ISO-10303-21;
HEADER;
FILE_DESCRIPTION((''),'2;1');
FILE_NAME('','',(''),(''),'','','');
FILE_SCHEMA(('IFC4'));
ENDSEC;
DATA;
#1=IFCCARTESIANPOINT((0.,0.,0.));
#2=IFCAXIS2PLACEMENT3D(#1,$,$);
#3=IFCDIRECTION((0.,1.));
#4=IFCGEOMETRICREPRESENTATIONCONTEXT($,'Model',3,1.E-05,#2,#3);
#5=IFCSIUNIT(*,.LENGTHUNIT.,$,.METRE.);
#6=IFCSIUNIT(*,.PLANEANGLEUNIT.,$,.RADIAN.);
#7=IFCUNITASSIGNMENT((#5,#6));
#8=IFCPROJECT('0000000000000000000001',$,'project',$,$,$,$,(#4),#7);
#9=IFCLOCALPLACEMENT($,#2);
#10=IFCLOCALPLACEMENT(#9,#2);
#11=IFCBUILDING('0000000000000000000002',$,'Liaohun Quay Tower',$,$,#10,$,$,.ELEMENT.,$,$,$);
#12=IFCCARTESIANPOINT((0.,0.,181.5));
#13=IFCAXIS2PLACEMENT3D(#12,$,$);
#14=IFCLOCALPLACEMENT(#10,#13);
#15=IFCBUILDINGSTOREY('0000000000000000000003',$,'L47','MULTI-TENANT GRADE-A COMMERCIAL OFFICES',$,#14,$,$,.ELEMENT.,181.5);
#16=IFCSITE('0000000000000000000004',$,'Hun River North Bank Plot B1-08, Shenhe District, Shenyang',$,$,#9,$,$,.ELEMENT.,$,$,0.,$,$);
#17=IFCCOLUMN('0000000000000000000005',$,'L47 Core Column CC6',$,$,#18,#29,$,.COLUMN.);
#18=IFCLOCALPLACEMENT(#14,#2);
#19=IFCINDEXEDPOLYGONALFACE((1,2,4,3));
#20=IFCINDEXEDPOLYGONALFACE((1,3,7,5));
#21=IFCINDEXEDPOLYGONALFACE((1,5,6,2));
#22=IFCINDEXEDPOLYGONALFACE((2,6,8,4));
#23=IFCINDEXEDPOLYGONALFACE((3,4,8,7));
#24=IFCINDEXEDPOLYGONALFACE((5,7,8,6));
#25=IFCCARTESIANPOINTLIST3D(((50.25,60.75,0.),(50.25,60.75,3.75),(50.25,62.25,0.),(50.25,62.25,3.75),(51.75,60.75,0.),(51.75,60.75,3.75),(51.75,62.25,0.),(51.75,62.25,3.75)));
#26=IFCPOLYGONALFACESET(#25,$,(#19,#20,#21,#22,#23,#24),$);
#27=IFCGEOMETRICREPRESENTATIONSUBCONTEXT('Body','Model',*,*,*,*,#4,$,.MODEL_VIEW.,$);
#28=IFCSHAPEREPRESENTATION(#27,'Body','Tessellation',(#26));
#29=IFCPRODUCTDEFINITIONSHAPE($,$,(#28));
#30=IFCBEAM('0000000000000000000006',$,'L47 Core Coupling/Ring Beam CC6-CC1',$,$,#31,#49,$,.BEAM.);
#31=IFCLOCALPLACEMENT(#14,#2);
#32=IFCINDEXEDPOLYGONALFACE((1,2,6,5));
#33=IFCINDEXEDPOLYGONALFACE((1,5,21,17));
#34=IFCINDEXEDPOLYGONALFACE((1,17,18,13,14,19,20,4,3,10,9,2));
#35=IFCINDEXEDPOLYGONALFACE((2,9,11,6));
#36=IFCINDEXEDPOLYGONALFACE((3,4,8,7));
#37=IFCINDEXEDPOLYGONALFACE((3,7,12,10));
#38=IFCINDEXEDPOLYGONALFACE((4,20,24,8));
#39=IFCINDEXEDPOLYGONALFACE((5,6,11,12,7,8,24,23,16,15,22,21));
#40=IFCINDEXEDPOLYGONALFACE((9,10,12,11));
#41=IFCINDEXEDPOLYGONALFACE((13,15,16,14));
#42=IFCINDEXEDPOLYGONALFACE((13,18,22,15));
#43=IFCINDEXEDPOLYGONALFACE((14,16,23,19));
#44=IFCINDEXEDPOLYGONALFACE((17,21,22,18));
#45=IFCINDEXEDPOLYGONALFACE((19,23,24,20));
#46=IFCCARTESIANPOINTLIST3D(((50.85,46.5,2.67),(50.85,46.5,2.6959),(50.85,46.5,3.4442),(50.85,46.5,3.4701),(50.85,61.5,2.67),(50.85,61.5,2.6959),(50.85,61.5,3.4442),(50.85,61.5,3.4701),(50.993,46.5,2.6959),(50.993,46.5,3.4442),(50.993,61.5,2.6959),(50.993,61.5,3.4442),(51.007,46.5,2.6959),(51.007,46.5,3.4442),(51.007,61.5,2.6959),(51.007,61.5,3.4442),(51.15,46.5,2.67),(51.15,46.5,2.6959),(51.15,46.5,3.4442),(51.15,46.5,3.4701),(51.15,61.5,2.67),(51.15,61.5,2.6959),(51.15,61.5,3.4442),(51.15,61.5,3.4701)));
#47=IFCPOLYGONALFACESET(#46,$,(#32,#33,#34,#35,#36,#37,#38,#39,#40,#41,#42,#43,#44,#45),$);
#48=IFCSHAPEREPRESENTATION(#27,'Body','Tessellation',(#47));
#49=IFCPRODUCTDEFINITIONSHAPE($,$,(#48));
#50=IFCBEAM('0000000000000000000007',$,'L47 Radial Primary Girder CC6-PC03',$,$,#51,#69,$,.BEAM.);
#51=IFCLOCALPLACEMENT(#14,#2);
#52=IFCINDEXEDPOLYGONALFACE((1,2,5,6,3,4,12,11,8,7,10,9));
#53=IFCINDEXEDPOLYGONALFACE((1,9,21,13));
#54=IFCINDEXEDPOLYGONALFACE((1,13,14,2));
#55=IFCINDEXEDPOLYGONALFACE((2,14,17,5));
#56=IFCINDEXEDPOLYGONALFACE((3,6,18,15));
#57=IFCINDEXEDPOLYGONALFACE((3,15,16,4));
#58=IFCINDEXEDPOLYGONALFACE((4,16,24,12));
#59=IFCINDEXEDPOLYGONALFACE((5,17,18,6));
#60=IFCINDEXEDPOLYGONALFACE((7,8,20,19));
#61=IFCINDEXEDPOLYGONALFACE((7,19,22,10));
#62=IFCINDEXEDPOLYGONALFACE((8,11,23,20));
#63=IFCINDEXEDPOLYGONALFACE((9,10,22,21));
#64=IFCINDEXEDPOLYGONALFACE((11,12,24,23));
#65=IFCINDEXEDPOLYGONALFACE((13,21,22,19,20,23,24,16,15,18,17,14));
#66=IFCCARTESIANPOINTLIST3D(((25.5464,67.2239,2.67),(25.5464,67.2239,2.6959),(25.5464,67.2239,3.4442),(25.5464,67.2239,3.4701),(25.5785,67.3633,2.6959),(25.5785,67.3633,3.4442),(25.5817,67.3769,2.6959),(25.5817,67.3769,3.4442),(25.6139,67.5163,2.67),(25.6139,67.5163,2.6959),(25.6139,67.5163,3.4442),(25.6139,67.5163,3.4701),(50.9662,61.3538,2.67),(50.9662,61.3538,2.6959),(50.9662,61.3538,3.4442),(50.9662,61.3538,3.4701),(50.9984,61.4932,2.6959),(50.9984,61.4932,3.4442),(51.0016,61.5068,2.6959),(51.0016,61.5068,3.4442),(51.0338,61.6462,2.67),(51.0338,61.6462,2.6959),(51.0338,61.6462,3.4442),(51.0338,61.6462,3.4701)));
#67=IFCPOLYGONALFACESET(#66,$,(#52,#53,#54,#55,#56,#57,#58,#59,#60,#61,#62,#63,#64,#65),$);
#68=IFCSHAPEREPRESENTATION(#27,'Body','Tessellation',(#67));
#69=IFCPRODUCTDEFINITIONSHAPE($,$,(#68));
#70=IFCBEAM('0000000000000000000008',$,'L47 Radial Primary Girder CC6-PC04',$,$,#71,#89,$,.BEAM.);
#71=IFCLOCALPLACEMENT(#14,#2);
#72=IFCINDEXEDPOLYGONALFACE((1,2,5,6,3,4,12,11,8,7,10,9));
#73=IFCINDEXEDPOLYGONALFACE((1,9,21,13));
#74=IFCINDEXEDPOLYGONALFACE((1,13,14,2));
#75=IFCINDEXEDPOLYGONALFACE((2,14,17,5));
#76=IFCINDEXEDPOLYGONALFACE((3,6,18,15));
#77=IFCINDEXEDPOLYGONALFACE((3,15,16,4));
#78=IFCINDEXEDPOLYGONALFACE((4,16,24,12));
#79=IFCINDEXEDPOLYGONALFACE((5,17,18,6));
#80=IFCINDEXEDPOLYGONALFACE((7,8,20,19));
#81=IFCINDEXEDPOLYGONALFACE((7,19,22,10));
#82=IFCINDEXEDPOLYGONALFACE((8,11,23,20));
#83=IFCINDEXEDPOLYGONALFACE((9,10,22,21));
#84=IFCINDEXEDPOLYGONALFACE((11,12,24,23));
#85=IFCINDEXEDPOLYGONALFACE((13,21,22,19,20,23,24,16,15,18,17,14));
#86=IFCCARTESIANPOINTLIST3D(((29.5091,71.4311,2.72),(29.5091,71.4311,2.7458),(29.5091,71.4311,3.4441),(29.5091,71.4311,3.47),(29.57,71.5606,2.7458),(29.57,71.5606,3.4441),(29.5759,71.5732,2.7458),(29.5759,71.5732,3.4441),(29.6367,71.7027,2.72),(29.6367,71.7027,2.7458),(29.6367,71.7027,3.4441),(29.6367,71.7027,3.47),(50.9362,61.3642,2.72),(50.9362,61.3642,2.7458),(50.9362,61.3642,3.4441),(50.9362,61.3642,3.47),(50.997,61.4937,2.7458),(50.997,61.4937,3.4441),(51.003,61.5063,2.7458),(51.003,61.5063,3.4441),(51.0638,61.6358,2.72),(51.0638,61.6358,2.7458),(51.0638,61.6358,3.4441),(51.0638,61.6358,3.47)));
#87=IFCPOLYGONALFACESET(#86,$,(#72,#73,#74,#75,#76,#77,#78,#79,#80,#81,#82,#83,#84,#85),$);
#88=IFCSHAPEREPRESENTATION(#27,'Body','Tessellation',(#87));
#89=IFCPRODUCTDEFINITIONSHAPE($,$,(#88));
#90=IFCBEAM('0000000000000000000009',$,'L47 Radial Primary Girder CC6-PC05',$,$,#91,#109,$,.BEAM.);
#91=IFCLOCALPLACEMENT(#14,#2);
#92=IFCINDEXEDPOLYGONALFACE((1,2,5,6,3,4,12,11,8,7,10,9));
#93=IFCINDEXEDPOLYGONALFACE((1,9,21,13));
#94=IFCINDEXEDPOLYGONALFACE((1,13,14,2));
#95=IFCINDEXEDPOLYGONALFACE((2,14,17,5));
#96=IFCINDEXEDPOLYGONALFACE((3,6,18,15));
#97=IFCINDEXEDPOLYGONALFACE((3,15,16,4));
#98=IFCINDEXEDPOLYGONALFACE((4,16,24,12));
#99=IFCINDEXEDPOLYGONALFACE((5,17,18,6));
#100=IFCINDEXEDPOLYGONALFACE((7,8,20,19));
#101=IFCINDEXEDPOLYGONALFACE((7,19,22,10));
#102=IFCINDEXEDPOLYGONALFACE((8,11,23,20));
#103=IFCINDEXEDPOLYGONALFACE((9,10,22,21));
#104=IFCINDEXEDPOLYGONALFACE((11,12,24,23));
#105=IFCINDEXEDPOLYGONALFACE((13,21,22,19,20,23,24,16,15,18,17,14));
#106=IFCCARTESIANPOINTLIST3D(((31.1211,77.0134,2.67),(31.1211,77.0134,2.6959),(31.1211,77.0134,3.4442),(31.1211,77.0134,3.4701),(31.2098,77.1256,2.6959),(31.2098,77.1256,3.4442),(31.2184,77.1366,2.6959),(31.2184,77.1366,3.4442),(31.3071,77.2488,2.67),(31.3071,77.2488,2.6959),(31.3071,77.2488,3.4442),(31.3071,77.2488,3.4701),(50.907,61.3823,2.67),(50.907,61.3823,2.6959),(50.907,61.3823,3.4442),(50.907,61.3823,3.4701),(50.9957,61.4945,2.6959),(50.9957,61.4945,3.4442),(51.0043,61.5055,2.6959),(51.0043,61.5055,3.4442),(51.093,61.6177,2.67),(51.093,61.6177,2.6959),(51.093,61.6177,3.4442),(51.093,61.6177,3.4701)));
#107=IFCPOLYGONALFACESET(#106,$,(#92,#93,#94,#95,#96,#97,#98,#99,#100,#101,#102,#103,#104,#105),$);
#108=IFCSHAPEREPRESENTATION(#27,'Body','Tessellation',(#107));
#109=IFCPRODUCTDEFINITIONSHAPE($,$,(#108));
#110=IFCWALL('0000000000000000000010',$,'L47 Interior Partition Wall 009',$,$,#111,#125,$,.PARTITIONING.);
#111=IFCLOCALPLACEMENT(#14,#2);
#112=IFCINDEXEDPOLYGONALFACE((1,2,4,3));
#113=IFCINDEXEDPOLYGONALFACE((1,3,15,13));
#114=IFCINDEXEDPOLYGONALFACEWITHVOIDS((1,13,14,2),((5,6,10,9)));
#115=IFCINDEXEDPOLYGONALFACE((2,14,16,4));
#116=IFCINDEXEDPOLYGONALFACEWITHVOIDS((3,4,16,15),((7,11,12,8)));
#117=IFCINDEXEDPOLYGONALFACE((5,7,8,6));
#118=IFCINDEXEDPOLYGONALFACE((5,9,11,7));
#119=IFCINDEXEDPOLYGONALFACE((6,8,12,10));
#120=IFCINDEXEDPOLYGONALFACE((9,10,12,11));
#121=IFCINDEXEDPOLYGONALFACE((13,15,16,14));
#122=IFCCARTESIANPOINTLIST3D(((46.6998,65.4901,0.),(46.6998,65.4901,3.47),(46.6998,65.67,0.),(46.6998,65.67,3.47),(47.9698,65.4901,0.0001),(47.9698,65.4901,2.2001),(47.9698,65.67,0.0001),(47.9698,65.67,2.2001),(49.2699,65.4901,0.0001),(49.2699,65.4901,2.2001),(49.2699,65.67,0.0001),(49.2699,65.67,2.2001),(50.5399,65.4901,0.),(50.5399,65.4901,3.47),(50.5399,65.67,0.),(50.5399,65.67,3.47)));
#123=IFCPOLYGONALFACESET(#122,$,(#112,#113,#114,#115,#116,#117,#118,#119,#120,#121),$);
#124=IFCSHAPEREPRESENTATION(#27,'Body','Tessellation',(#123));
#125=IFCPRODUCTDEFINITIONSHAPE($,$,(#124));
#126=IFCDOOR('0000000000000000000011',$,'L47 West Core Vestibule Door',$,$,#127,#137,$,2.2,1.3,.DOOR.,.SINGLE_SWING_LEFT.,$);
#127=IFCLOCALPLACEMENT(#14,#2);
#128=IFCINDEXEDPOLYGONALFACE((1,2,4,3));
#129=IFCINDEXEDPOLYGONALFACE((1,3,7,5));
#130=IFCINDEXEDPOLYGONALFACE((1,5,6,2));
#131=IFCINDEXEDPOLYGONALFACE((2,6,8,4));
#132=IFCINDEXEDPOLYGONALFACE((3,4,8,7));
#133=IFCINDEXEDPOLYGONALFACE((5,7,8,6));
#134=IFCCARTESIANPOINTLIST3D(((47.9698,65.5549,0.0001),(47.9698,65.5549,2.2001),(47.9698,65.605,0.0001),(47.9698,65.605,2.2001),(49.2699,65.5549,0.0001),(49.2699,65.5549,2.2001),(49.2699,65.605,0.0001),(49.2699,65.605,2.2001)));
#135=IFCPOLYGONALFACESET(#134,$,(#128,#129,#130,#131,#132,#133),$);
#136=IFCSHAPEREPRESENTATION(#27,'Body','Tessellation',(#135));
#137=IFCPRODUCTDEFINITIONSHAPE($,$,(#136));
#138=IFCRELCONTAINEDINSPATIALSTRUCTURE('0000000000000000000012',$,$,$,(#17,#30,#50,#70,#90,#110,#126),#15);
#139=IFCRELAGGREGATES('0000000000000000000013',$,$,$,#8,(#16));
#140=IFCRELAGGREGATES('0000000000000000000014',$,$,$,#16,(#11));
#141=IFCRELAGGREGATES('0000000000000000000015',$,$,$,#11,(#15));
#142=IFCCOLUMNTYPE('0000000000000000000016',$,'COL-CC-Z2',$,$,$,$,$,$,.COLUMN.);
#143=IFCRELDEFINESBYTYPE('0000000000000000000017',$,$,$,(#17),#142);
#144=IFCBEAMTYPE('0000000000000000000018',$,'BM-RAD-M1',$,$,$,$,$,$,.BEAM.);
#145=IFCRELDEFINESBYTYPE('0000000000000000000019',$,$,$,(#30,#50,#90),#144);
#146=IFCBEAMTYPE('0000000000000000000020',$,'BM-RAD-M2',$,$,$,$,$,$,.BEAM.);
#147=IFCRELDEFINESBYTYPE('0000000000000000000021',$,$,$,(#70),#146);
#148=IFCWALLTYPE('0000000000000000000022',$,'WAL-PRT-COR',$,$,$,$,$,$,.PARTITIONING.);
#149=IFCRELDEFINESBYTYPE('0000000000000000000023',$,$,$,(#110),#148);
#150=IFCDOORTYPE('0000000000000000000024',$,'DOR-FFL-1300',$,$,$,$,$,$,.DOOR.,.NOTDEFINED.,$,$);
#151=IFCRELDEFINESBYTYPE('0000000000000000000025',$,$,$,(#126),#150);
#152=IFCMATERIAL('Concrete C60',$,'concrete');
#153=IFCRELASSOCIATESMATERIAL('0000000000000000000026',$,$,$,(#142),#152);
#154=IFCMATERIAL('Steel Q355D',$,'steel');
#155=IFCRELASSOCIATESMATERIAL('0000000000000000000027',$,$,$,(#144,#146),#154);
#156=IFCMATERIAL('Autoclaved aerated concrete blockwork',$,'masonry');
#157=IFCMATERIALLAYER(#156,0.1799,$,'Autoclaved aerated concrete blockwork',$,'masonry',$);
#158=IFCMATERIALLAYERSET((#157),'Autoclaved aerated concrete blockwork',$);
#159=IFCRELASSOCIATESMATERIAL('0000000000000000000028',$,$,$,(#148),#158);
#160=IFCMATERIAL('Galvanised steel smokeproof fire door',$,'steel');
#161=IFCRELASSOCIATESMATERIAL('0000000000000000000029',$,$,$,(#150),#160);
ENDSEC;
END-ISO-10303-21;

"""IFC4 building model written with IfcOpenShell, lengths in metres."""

from ifc_helpers import new_model, si_unit, direction, frame, frame_2d, origin, origin_2d, place, context, subcontext, project, spatial, rectangle, i_section, extrude, source, transform, mapped, material, layer, layer_set, material_profile, profile_set, type_object, element, fill, save


model = new_model("IFC4")

# Units and contexts
model_context = context("Model", 3, precision=1e-05, world=origin(), true_north=direction((0.0, 1.0)))
body_context = subcontext(model_context, "Body", "Model", "MODEL_VIEW")
ifc_project = project(units=[si_unit("LENGTHUNIT", "METRE"), si_unit("PLANEANGLEUNIT", "RADIAN")], contexts=[model_context])

# Site, building, storey
site_placement = place(None, origin())
site = spatial("IfcSite", under=ifc_project, at=site_placement, Name="Hun River North Bank Plot B1-08, Shenhe District, Shenyang", CompositionType="ELEMENT", RefElevation=0.0)
building_placement = place(site_placement, origin())
building = spatial("IfcBuilding", under=site, at=building_placement, Name="Liaohun Quay Tower", CompositionType="ELEMENT")
storey_placement = place(building_placement, frame((0.0, 0.0, 181.5)))
storey = spatial("IfcBuildingStorey", under=building, at=storey_placement, Name="L47", Description="MULTI-TENANT GRADE-A COMMERCIAL OFFICES", CompositionType="ELEMENT", Elevation=181.5)

# Column
ifc_material_1 = material(Name="Concrete C60", Category="concrete")
ifc_material_profile_1 = material_profile(ifc_material_1, rectangle(XDim=1.5, YDim=1.5, at=origin_2d()), Name="RC1500x1500")
ifc_profile_set_1 = profile_set([ifc_material_profile_1], Name="Concrete C60")
column_type = type_object("IfcColumnType", Name="COL-CC-Z2", PredefinedType="COLUMN", material=ifc_profile_set_1)
shared_shape_1 = source(origin(), body_context, "Body", "SweptSolid", [
    extrude(rectangle(XDim=1.5, YDim=1.5, at=origin_2d()), origin(), (0.0, 0.0, 1.0), 3.75),
])
column_placement = place(storey_placement, frame((51.0, 61.5, 0.0), z_axis=(0.0, 0.0, 1.0), x_axis=(1.0, 0.0, 0.0)))
element("IfcColumn", 1, at=column_placement, inside=storey, type_object=column_type, Name="L47 Core Column CC6", PredefinedType="COLUMN", context=body_context, shape_type="MappedRepresentation", body=[
    mapped(shared_shape_1, transform((0.0, 0.0, 0.0), x_axis=(1.0, 0.0, 0.0), y_axis=(0.0, 1.0, 0.0), z_axis=(0.0, 0.0, 1.0), scale=1.0)),
])

# Beams
ifc_material_2 = material(Name="Steel Q355D", Category="steel")
ifc_material_profile_2 = material_profile(ifc_material_2, i_section(OverallWidth=0.3, OverallDepth=0.8, WebThickness=0.0139, FlangeThickness=0.0259, at=origin_2d()), Name="HN800x300x14x26")
ifc_profile_set_2 = profile_set([ifc_material_profile_2], Name="Steel Q355D")
beam_type_1 = type_object("IfcBeamType", Name="BM-RAD-M1", PredefinedType="BEAM", material=ifc_profile_set_2)
shared_shape_2 = source(origin(), body_context, "Body", "SweptSolid", [
    extrude(i_section(OverallWidth=0.3, OverallDepth=0.8, WebThickness=0.0139, FlangeThickness=0.0259, at=origin_2d()), origin(), (0.0, 0.0, 1.0), 15.0),
])
beam_1_placement = place(storey_placement, frame((51.0, 61.5, 3.0701), z_axis=(0.0, -1.0, 0.0), x_axis=(1.0, 0.0, 0.0)))
element("IfcBeam", 2, at=beam_1_placement, inside=storey, type_object=beam_type_1, Name="L47 Core Coupling/Ring Beam CC6-CC1", PredefinedType="BEAM", context=body_context, shape_type="MappedRepresentation", body=[
    mapped(shared_shape_2, transform((0.0, 0.0, 0.0), x_axis=(1.0, 0.0, 0.0), y_axis=(0.0, 1.0, 0.0), z_axis=(0.0, 0.0, 1.0), scale=1.0)),
])
shared_shape_3 = source(origin(), body_context, "Body", "SweptSolid", [
    extrude(i_section(OverallWidth=0.3, OverallDepth=0.8, WebThickness=0.0139, FlangeThickness=0.0259, at=origin_2d()), origin(), (0.0, 0.0, 1.0), 26.0889),
])
beam_2_placement = place(storey_placement, frame((51.0, 61.5, 3.0701), z_axis=(-0.974358, 0.225004, 0.0), x_axis=(-0.225004, -0.974358, 0.0)))
element("IfcBeam", 3, at=beam_2_placement, inside=storey, type_object=beam_type_1, Name="L47 Radial Primary Girder CC6-PC03", PredefinedType="BEAM", context=body_context, shape_type="MappedRepresentation", body=[
    mapped(shared_shape_3, transform((0.0, 0.0, 0.0), x_axis=(1.0, 0.0, 0.0), y_axis=(0.0, 1.0, 0.0), z_axis=(0.0, 0.0, 1.0), scale=1.0)),
])
ifc_material_profile_3 = material_profile(ifc_material_2, i_section(OverallWidth=0.3, OverallDepth=0.75, WebThickness=0.0139, FlangeThickness=0.0259, at=origin_2d()), Name="HN750x300x14x26")
ifc_profile_set_3 = profile_set([ifc_material_profile_3], Name="Steel Q355D")
beam_type_2 = type_object("IfcBeamType", Name="BM-RAD-M2", PredefinedType="BEAM", material=ifc_profile_set_3)
shared_shape_4 = source(origin(), body_context, "Body", "SweptSolid", [
    extrude(i_section(OverallWidth=0.3, OverallDepth=0.75, WebThickness=0.0139, FlangeThickness=0.0259, at=origin_2d()), origin(), (0.0, 0.0, 1.0), 23.6741),
])
beam_3_placement = place(storey_placement, frame((51.0, 61.5, 3.095), z_axis=(-0.905085, 0.42523, 0.0), x_axis=(-0.42523, -0.905085, 0.0)))
element("IfcBeam", 4, at=beam_3_placement, inside=storey, type_object=beam_type_2, Name="L47 Radial Primary Girder CC6-PC04", PredefinedType="BEAM", context=body_context, shape_type="MappedRepresentation", body=[
    mapped(shared_shape_4, transform((0.0, 0.0, 0.0), x_axis=(1.0, 0.0, 0.0), y_axis=(0.0, 1.0, 0.0), z_axis=(0.0, 0.0, 1.0), scale=1.0)),
])
shared_shape_5 = source(origin(), body_context, "Body", "SweptSolid", [
    extrude(i_section(OverallWidth=0.3, OverallDepth=0.8, WebThickness=0.0139, FlangeThickness=0.0259, at=origin_2d()), origin(), (0.0, 0.0, 1.0), 25.2153),
])
beam_4_placement = place(storey_placement, frame((51.0, 61.5, 3.0701), z_axis=(-0.784677, 0.619905, 0.0), x_axis=(-0.619905, -0.784677, 0.0)))
element("IfcBeam", 5, at=beam_4_placement, inside=storey, type_object=beam_type_1, Name="L47 Radial Primary Girder CC6-PC05", PredefinedType="BEAM", context=body_context, shape_type="MappedRepresentation", body=[
    mapped(shared_shape_5, transform((0.0, 0.0, 0.0), x_axis=(1.0, 0.0, 0.0), y_axis=(0.0, 1.0, 0.0), z_axis=(0.0, 0.0, 1.0), scale=1.0)),
])

# Wall, opening, door
ifc_material_3 = material(Name="Autoclaved aerated concrete blockwork", Category="masonry")
ifc_layer_1 = layer(ifc_material_3, 0.1799, Name="Autoclaved aerated concrete blockwork", Category="masonry")
ifc_layer_set_1 = layer_set([ifc_layer_1], Name="Autoclaved aerated concrete blockwork")
wall_type_1 = type_object("IfcWallType", Name="WAL-PRT-COR", PredefinedType="PARTITIONING", material=ifc_layer_set_1)
wall_1_placement = place(storey_placement, frame((46.7, 65.5801, 0.0), z_axis=(0.0, 0.0, 1.0), x_axis=(1.0, 0.0, 0.0)))
wall_1 = element("IfcWall", 6, at=wall_1_placement, inside=storey, type_object=wall_type_1, Name="L47 Interior Partition Wall 009", PredefinedType="PARTITIONING", context=body_context, shape_type="SweptSolid", body=[
    extrude(rectangle(XDim=3.8401, YDim=0.1799, at=frame_2d((1.9199, 0.0))), origin(), (0.0, 0.0, 1.0), 3.47),
])
shared_shape_6 = source(origin(), body_context, "Body", "SweptSolid", [
    extrude(rectangle(XDim=1.3, YDim=2.2, at=frame_2d((0.6499, 1.1001))), frame((0.0, 0.0999, 0.0), z_axis=(0.0, -1.0, 0.0), x_axis=(1.0, 0.0, 0.0)), (0.0, 0.0, 1.0), 0.2),
])
opening_1_placement = place(wall_1_placement, frame((1.27, 0.0, 0.0)))
opening_1 = element("IfcOpeningElement", 7, at=opening_1_placement, cuts=wall_1, PredefinedType="OPENING", context=body_context, shape_type="MappedRepresentation", body=[
    mapped(shared_shape_6, transform((0.0, 0.0, 0.0), x_axis=(1.0, 0.0, 0.0), y_axis=(0.0, 1.0, 0.0), z_axis=(0.0, 0.0, 1.0), scale=1.0)),
])
ifc_material_4 = material(Name="Galvanised steel smokeproof fire door", Category="steel")
door_type_1 = type_object("IfcDoorType", Name="DOR-FFL-1300", OperationType="NOTDEFINED", PredefinedType="DOOR", material=ifc_material_4)
shared_shape_7 = source(origin(), body_context, "Body", "SweptSolid", [
    extrude(rectangle(XDim=1.3, YDim=2.2, at=frame_2d((0.6499, 1.1001))), frame((0.0, 0.0249, 0.0), z_axis=(0.0, -1.0, 0.0), x_axis=(1.0, 0.0, 0.0)), (0.0, 0.0, 1.0), 0.05),
])
door_1_placement = place(opening_1_placement, origin())
door_1 = element("IfcDoor", 8, at=door_1_placement, inside=storey, type_object=door_type_1, Name="L47 West Core Vestibule Door", OperationType="SINGLE_SWING_LEFT", OverallHeight=2.2, OverallWidth=1.3, PredefinedType="DOOR", context=body_context, shape_type="MappedRepresentation", body=[
    mapped(shared_shape_7, transform((0.0, 0.0, 0.0), x_axis=(1.0, 0.0, 0.0), y_axis=(0.0, 1.0, 0.0), z_axis=(0.0, 0.0, 1.0), scale=1.0)),
])
fill(opening_1, door_1)

save(model, "model.ifc")
